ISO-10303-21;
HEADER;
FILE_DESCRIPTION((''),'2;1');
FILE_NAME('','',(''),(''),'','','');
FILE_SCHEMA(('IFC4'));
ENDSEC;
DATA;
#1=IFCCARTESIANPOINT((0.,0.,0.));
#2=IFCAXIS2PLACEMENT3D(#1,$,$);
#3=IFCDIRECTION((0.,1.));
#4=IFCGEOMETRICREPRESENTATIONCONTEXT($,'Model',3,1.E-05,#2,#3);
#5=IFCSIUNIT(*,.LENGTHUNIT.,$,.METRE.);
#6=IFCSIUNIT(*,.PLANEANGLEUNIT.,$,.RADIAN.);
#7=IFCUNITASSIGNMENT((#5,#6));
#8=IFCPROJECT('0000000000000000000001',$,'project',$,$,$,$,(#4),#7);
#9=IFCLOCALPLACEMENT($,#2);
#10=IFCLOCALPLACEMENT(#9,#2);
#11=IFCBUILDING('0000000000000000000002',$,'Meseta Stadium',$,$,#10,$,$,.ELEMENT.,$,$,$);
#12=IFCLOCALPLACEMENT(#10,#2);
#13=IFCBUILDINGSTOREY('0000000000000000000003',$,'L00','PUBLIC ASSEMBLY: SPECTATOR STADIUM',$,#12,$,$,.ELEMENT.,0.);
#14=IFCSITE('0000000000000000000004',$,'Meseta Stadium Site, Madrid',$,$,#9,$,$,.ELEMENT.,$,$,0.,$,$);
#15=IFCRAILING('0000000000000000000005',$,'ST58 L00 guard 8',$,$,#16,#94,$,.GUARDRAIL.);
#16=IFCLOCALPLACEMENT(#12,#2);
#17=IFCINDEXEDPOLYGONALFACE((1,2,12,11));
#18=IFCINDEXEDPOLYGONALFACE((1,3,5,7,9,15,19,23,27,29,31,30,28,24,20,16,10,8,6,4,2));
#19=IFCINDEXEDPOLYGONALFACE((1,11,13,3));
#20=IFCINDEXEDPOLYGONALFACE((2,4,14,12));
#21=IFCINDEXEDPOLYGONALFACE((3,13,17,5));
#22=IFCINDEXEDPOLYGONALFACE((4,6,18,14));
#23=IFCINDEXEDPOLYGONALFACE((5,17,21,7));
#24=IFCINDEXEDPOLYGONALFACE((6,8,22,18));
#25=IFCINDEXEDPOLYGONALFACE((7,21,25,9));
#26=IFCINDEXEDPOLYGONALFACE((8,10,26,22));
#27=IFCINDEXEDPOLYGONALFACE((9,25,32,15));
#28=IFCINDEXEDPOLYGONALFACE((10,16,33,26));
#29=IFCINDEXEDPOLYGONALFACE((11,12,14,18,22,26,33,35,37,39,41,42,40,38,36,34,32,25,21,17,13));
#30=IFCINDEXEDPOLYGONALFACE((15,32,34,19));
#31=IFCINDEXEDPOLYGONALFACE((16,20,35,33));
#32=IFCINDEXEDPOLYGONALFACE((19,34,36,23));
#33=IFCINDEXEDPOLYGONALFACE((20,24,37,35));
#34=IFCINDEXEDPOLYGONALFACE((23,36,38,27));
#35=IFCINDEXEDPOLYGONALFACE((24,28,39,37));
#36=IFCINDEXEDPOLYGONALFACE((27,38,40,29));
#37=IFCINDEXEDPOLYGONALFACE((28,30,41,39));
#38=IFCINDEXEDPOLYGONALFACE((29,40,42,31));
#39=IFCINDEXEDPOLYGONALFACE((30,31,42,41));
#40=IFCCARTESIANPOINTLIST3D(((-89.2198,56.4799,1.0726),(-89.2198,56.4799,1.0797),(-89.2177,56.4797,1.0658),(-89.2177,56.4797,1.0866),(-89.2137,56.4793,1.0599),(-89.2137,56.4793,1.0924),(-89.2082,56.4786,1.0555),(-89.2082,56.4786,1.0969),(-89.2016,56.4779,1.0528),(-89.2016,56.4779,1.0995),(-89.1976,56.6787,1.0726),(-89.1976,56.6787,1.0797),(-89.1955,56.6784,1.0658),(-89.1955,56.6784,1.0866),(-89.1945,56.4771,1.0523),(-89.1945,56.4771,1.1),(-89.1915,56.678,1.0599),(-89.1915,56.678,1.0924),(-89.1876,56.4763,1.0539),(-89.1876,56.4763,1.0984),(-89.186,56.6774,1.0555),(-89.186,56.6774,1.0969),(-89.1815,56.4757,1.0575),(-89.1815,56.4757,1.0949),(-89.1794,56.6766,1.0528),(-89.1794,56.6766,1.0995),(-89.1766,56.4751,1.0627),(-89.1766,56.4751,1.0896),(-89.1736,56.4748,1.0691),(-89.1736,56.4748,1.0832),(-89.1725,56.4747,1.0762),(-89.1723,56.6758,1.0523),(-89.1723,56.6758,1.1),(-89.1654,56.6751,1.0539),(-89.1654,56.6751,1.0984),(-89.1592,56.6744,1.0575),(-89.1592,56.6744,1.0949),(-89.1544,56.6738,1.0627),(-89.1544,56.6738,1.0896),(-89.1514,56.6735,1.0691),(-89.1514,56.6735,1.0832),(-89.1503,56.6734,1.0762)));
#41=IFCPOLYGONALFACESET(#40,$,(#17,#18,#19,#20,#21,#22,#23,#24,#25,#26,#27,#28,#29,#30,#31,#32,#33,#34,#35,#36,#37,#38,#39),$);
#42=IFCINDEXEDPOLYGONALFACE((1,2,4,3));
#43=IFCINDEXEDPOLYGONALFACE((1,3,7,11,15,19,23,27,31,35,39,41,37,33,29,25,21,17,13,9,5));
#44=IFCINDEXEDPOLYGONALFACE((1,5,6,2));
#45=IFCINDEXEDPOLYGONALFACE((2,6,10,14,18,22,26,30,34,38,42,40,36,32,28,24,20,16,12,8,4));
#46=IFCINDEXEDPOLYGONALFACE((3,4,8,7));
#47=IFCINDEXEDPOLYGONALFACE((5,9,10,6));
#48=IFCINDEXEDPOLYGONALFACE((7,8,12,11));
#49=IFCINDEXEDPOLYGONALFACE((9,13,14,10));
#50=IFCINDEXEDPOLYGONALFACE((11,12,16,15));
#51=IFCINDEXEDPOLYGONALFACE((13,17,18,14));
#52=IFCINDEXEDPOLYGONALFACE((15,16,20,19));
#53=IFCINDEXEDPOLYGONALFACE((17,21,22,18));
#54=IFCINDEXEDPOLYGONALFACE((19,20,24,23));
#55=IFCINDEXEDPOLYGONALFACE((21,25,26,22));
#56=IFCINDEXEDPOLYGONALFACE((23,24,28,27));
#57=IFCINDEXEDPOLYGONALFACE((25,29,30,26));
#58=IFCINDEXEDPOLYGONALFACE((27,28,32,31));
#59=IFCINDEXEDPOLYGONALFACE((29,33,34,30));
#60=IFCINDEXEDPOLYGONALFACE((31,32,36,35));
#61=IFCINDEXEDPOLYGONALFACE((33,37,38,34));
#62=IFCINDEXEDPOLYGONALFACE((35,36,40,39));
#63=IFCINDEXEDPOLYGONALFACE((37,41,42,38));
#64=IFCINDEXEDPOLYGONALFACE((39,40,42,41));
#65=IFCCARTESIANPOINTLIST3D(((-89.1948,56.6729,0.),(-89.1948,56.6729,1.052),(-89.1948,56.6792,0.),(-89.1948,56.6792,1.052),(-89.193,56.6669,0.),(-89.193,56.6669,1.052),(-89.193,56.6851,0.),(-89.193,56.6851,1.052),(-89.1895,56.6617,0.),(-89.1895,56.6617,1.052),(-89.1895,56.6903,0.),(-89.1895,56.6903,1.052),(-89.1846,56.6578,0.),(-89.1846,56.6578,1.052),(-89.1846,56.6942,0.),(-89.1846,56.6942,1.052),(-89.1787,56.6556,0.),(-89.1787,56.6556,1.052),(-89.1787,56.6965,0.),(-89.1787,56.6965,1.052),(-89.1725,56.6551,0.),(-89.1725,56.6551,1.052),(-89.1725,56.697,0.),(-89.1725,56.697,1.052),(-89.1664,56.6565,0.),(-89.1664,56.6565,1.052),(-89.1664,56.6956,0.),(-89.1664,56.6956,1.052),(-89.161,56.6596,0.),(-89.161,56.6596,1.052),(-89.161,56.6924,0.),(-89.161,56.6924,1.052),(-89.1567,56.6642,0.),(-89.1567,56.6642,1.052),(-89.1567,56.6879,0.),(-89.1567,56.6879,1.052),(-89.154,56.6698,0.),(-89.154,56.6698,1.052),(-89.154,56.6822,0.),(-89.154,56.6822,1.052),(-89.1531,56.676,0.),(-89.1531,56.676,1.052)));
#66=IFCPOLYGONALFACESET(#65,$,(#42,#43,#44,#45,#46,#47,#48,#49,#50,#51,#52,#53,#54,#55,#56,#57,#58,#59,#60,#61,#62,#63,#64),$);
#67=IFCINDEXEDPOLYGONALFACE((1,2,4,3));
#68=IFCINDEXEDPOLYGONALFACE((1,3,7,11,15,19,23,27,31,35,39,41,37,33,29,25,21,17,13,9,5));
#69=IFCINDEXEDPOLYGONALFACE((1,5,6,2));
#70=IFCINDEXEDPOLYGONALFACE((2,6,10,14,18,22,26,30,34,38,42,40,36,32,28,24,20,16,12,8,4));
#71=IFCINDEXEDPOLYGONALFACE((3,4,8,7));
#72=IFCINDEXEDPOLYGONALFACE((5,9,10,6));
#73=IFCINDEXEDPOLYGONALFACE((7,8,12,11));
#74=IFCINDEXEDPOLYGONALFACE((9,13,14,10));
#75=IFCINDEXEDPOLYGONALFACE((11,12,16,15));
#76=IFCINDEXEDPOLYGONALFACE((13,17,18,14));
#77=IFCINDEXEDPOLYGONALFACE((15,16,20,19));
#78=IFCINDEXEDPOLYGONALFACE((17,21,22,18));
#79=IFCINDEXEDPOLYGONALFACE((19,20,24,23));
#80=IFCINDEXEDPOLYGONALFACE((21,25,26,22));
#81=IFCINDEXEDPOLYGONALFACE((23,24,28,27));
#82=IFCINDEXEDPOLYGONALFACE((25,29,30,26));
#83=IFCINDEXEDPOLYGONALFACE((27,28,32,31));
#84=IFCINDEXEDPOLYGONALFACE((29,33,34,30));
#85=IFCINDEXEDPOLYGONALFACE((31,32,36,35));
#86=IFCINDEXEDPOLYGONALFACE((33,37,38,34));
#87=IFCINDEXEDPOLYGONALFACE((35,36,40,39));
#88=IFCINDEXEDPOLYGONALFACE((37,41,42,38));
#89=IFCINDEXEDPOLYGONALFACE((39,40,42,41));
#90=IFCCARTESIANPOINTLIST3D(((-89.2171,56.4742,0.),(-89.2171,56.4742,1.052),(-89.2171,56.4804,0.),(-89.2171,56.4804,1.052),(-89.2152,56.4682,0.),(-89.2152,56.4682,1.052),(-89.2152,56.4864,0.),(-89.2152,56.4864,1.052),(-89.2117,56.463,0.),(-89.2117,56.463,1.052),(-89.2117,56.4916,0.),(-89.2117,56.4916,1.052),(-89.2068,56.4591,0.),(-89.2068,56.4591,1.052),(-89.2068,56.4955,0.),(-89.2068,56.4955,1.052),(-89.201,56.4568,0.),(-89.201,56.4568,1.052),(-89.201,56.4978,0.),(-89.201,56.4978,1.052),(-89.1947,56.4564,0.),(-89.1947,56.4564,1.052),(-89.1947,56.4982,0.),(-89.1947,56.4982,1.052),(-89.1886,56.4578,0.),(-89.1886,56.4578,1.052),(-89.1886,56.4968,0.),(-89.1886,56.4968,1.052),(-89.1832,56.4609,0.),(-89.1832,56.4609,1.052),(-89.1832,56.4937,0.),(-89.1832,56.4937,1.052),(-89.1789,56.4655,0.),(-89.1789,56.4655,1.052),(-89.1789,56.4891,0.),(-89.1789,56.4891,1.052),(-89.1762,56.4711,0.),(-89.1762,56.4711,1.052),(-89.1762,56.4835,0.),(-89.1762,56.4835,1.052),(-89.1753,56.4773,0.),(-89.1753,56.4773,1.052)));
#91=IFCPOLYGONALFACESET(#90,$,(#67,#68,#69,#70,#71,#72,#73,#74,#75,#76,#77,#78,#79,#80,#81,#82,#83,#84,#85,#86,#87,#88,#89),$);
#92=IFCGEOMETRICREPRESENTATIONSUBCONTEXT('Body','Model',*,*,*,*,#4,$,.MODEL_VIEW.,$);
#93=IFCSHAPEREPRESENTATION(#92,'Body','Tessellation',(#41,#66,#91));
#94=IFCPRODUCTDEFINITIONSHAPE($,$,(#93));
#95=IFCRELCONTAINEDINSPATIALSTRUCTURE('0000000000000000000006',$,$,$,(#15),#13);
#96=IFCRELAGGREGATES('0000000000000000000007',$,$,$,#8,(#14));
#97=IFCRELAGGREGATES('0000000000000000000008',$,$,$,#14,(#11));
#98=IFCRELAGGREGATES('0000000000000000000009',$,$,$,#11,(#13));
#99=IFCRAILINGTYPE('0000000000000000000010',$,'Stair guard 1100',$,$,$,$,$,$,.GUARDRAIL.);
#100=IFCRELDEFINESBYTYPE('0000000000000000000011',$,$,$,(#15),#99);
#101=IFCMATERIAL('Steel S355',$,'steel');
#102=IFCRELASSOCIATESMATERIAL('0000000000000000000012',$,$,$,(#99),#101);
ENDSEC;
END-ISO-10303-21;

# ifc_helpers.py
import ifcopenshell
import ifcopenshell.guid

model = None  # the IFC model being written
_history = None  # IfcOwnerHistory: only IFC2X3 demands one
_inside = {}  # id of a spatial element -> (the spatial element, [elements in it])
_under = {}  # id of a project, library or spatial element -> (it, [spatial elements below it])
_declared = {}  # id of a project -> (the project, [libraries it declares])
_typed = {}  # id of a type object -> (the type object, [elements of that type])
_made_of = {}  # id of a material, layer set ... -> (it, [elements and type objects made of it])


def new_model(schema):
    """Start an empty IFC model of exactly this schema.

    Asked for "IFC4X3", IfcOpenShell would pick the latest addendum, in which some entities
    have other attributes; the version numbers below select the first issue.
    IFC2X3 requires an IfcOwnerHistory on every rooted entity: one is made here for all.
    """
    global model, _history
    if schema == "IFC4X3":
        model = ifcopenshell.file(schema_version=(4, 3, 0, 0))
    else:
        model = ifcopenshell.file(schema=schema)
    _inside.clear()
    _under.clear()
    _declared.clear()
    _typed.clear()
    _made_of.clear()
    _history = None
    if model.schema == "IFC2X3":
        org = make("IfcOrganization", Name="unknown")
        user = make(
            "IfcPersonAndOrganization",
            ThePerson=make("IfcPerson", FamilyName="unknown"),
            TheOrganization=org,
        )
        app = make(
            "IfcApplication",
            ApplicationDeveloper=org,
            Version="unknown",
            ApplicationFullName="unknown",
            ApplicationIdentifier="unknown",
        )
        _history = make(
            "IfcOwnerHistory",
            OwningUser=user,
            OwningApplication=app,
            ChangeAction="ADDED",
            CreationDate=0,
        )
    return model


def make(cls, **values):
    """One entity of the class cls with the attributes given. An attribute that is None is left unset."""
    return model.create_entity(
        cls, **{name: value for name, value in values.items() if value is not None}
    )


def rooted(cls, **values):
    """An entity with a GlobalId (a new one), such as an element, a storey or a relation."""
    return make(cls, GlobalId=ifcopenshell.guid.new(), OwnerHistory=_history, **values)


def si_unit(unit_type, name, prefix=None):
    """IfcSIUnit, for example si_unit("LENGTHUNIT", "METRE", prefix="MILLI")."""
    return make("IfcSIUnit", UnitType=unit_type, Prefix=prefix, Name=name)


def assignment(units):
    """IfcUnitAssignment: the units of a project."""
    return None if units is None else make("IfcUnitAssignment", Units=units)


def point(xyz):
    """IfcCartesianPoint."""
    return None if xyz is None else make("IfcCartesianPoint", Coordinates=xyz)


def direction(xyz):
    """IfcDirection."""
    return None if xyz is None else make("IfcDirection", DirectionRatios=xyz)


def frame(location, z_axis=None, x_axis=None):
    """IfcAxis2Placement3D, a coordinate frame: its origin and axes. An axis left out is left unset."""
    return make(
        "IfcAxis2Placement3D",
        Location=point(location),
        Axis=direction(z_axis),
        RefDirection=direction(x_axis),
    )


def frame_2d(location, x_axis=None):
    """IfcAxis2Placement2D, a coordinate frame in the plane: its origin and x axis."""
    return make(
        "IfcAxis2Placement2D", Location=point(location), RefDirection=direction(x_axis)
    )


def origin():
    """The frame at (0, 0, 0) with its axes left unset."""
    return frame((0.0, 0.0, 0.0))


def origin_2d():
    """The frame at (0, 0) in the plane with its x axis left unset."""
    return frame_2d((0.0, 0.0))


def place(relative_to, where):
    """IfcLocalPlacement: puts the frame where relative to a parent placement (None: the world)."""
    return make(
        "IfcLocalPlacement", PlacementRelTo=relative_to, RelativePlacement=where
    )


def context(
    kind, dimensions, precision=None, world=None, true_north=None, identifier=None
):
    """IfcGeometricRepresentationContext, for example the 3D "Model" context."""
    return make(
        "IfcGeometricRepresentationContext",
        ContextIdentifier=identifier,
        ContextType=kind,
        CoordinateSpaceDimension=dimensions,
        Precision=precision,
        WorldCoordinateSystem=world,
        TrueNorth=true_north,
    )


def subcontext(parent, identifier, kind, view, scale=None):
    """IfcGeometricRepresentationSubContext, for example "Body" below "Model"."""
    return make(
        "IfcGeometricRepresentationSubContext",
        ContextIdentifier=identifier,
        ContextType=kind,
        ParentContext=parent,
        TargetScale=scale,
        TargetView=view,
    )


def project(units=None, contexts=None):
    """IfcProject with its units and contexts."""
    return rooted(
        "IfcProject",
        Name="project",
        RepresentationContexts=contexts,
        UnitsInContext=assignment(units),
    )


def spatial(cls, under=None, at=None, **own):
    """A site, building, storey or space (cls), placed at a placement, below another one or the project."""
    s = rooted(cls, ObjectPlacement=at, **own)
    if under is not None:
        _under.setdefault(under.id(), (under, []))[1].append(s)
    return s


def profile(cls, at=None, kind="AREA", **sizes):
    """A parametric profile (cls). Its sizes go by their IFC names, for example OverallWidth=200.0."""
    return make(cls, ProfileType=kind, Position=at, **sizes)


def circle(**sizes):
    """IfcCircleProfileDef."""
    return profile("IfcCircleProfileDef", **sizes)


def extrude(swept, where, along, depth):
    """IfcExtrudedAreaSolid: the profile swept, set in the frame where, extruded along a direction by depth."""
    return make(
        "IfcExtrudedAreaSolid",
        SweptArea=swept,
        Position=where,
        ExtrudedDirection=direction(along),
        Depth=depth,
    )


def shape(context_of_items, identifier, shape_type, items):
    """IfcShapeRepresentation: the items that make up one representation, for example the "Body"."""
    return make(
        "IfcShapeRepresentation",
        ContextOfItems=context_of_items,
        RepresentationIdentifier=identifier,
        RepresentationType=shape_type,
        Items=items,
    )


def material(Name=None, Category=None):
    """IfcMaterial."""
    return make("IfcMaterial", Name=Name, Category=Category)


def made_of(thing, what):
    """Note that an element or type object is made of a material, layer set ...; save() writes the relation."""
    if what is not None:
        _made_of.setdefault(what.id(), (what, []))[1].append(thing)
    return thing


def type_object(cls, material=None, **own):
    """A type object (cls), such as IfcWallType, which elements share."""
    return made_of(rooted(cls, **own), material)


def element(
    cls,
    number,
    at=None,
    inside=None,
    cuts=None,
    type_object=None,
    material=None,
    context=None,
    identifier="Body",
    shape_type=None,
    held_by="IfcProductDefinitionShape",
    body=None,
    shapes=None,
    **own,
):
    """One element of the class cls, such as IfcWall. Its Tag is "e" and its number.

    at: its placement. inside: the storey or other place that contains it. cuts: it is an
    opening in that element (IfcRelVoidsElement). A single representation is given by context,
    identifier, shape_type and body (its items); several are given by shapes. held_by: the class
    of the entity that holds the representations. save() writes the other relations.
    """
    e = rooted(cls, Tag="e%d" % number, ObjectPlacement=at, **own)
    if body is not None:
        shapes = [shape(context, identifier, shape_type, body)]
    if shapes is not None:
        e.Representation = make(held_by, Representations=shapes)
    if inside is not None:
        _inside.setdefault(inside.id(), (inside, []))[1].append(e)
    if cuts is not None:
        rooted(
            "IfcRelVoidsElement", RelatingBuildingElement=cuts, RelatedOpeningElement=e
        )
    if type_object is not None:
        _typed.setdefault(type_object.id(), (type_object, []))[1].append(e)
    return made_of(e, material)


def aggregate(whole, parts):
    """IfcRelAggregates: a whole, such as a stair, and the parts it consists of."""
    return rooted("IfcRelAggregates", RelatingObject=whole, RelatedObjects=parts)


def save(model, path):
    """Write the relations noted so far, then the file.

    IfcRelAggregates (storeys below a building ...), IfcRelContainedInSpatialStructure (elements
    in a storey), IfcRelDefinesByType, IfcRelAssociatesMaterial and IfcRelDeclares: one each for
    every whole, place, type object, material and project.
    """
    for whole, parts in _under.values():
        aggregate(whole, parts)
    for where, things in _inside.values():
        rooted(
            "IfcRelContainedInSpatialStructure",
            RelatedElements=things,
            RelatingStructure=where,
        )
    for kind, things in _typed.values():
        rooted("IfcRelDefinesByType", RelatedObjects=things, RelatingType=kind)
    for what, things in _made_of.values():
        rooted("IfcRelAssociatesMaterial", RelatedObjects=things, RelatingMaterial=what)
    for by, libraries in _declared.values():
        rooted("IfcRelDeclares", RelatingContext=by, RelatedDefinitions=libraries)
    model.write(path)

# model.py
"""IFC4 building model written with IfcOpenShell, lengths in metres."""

from ifc_helpers import new_model, si_unit, direction, frame, origin, origin_2d, place, context, subcontext, project, spatial, circle, extrude, material, type_object, element, save


model = new_model("IFC4")

# Units and contexts
model_context = context("Model", 3, precision=1e-05, world=origin(), true_north=direction((0.0, 1.0)))
body_context = subcontext(model_context, "Body", "Model", "MODEL_VIEW")
ifc_project = project(units=[si_unit("LENGTHUNIT", "METRE"), si_unit("PLANEANGLEUNIT", "RADIAN")], contexts=[model_context])

# Site, building, storey
site_placement = place(None, origin())
site = spatial("IfcSite", under=ifc_project, at=site_placement, Name="Meseta Stadium Site, Madrid", CompositionType="ELEMENT", RefElevation=0.0)
building_placement = place(site_placement, origin())
building = spatial("IfcBuilding", under=site, at=building_placement, Name="Meseta Stadium", CompositionType="ELEMENT")
storey_placement = place(building_placement, origin())
storey = spatial("IfcBuildingStorey", under=building, at=storey_placement, Name="L00", Description="PUBLIC ASSEMBLY: SPECTATOR STADIUM", CompositionType="ELEMENT", Elevation=0.0)

# Railing
ifc_material_1 = material(Name="Steel S355", Category="steel")
railing_type_1 = type_object("IfcRailingType", Name="Stair guard 1100", PredefinedType="GUARDRAIL", material=ifc_material_1)
railing_1_placement = place(storey_placement, frame((-89.1741, 56.676, 0.0)))
element("IfcRailing", 1, at=railing_1_placement, inside=storey, type_object=railing_type_1, Name="ST58 L00 guard 8", PredefinedType="GUARDRAIL", context=body_context, shape_type="SweptSolid", body=[
    extrude(circle(Radius=0.0239, at=origin_2d()), frame((0.0, 0.0, 1.0762), z_axis=(-0.111102, -0.993809, 0.0), x_axis=(0.993809, -0.111102, 0.0)), (0.0, 0.0, 1.0), 0.2),
    extrude(circle(Radius=0.021, at=origin_2d()), origin(), (0.0, 0.0, 1.0), 1.052),
    extrude(circle(Radius=0.021, at=origin_2d()), frame((-0.0222, -0.1987, 0.0)), (0.0, 0.0, 1.0), 1.052),
])

save(model, "model.ifc")
